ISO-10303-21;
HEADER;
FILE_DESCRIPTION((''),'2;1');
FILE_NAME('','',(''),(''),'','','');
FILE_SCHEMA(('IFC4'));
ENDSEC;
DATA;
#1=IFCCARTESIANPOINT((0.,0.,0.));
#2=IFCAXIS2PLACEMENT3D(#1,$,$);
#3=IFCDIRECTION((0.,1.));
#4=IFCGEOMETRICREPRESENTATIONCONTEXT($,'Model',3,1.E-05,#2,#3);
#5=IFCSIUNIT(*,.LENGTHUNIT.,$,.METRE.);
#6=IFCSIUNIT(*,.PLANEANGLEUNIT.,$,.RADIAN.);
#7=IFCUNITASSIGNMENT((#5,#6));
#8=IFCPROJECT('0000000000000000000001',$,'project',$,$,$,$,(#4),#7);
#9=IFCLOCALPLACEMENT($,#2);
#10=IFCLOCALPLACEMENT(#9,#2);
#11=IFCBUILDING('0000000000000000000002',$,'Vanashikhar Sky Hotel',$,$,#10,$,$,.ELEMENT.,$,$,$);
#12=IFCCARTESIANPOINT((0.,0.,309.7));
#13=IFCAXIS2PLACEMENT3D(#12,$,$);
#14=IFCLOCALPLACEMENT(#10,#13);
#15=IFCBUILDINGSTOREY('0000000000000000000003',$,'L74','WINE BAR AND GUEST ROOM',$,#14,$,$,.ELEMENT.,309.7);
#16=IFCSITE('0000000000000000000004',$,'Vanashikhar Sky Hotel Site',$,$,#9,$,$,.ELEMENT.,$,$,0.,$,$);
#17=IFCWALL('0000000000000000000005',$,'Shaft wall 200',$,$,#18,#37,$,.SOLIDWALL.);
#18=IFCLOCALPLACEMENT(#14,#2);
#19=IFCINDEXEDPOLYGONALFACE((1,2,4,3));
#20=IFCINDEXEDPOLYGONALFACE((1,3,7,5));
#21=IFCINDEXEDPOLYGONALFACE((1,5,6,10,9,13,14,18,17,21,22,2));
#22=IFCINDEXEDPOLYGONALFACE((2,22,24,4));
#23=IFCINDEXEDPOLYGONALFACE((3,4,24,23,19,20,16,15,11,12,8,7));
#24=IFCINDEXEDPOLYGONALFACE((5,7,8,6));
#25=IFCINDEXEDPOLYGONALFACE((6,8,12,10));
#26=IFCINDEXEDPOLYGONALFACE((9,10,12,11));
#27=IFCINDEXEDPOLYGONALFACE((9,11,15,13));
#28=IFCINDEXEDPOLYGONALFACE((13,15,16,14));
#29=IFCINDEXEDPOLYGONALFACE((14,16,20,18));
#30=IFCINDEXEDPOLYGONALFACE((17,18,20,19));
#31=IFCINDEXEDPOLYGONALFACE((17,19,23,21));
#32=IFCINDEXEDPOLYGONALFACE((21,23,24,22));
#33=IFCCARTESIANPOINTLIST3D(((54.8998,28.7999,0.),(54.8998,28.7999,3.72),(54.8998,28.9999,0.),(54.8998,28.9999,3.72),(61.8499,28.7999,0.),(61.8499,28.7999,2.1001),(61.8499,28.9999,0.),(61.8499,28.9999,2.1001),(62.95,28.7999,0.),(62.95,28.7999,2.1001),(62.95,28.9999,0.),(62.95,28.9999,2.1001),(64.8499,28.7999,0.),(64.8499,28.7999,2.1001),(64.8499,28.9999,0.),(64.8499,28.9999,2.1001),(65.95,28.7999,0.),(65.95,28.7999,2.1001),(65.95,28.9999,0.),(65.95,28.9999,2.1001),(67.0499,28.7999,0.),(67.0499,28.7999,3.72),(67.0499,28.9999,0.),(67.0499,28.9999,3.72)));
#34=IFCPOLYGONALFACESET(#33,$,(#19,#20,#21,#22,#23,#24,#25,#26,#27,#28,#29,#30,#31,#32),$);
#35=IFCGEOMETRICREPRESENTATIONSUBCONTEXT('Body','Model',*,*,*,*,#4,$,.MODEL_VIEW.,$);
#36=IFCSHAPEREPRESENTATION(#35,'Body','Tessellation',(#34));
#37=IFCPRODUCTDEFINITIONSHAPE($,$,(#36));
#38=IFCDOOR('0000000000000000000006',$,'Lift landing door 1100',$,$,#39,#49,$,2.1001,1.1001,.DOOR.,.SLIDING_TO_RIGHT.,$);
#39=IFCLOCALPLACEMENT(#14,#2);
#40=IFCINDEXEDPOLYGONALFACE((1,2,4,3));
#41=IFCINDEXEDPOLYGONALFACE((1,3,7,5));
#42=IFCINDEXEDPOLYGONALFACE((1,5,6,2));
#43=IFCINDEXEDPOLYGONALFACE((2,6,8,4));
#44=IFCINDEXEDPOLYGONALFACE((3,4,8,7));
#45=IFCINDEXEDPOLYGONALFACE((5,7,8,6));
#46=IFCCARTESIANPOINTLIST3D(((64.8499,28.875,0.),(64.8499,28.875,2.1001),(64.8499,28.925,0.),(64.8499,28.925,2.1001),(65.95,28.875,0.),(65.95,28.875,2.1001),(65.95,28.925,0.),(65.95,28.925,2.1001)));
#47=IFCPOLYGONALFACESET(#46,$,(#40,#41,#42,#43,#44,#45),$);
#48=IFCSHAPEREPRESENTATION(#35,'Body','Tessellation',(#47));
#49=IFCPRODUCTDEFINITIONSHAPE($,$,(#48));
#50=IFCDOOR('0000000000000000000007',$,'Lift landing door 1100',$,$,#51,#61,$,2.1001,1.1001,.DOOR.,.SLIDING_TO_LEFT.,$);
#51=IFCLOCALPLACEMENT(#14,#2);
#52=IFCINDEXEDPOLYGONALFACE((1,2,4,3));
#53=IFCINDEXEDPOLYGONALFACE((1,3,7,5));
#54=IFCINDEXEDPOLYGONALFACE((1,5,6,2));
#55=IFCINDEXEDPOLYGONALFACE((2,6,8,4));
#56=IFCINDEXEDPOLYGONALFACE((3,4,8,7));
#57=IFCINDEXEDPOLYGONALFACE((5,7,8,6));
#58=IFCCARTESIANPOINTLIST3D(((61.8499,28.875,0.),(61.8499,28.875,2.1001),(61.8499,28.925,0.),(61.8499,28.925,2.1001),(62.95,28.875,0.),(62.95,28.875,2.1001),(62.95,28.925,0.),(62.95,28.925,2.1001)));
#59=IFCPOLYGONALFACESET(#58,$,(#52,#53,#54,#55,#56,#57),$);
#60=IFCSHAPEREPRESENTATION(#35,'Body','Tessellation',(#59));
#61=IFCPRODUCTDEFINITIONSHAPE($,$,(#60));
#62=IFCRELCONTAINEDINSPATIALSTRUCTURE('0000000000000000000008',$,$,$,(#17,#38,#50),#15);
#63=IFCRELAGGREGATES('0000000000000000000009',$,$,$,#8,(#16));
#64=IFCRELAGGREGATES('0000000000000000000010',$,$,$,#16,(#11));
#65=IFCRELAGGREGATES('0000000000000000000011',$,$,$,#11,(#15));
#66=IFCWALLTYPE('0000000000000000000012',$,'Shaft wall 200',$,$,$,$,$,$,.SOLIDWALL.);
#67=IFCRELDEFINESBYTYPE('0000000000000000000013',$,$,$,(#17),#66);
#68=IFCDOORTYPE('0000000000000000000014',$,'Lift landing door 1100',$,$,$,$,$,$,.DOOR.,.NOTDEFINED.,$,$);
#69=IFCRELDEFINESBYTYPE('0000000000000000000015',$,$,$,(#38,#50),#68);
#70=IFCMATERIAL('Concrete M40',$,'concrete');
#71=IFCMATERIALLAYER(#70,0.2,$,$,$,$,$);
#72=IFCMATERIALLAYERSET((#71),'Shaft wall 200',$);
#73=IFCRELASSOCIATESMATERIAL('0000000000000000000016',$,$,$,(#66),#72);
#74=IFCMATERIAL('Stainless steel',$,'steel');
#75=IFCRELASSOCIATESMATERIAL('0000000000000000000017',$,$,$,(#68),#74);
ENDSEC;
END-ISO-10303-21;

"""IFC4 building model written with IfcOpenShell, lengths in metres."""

from ifc_helpers import new_model, si_unit, direction, frame, frame_2d, origin, place, context, subcontext, project, spatial, rectangle, extrude, source, transform, mapped, material, layer, layer_set, type_object, element, fill, save


model = new_model("IFC4")

# Units and contexts
model_context = context("Model", 3, precision=1e-05, world=origin(), true_north=direction((0.0, 1.0)))
body_context = subcontext(model_context, "Body", "Model", "MODEL_VIEW")
ifc_project = project(units=[si_unit("LENGTHUNIT", "METRE"), si_unit("PLANEANGLEUNIT", "RADIAN")], contexts=[model_context])

# Site, building, storey
site_placement = place(None, origin())
site = spatial("IfcSite", under=ifc_project, at=site_placement, Name="Vanashikhar Sky Hotel Site", CompositionType="ELEMENT", RefElevation=0.0)
building_placement = place(site_placement, origin())
building = spatial("IfcBuilding", under=site, at=building_placement, Name="Vanashikhar Sky Hotel", CompositionType="ELEMENT")
storey_placement = place(building_placement, frame((0.0, 0.0, 309.7)))
storey = spatial("IfcBuildingStorey", under=building, at=storey_placement, Name="L74", Description="WINE BAR AND GUEST ROOM", CompositionType="ELEMENT", Elevation=309.7)

# Shared definitions
ifc_material_1 = material(Name="Concrete M40", Category="concrete")
ifc_layer_1 = layer(ifc_material_1, 0.2)
ifc_layer_set_1 = layer_set([ifc_layer_1], Name="Shaft wall 200")
wall_type_1 = type_object("IfcWallType", Name="Shaft wall 200", PredefinedType="SOLIDWALL", material=ifc_layer_set_1)
shared_shape_1 = source(origin(), body_context, "Body", "SweptSolid", [
    extrude(rectangle(XDim=1.1001, YDim=2.1001, at=frame_2d((0.55, 1.05))), frame((0.0, 0.1099, 0.0), z_axis=(0.0, -1.0, 0.0), x_axis=(1.0, 0.0, 0.0)), (0.0, 0.0, 1.0), 0.22),
])
ifc_material_2 = material(Name="Stainless steel", Category="steel")
door_type_1 = type_object("IfcDoorType", Name="Lift landing door 1100", OperationType="NOTDEFINED", PredefinedType="DOOR", material=ifc_material_2)
shared_shape_2 = source(origin(), body_context, "Body", "SweptSolid", [
    extrude(rectangle(XDim=1.1001, YDim=2.1001, at=frame_2d((0.55, 1.05))), frame((0.0, 0.0249, 0.0), z_axis=(0.0, -1.0, 0.0), x_axis=(1.0, 0.0, 0.0)), (0.0, 0.0, 1.0), 0.05),
])

# Wall, openings, doors
shared_shape_3 = source(origin(), body_context, "Body", "SweptSolid", [
    extrude(rectangle(XDim=12.1501, YDim=0.2, at=frame_2d((6.0752, 0.0))), origin(), (0.0, 0.0, 1.0), 3.72),
])
wall_1_placement = place(storey_placement, frame((67.05, 28.8999, 0.0), z_axis=(0.0, 0.0, 1.0), x_axis=(-1.0, 0.0, 0.0)))
wall_1 = element("IfcWall", 1, at=wall_1_placement, inside=storey, type_object=wall_type_1, Name="Shaft wall 200", PredefinedType="SOLIDWALL", context=body_context, shape_type="MappedRepresentation", body=[
    mapped(shared_shape_3, transform((0.0, 0.0, 0.0), scale=1.0)),
])
opening_1_placement = place(wall_1_placement, frame((1.1001, 0.0, 0.0)))
opening_1 = element("IfcOpeningElement", 2, at=opening_1_placement, cuts=wall_1, PredefinedType="OPENING", context=body_context, shape_type="MappedRepresentation", body=[
    mapped(shared_shape_1, transform((0.0, 0.0, 0.0), scale=1.0)),
])
opening_2_placement = place(wall_1_placement, frame((4.1001, 0.0, 0.0)))
opening_2 = element("IfcOpeningElement", 3, at=opening_2_placement, cuts=wall_1, PredefinedType="OPENING", context=body_context, shape_type="MappedRepresentation", body=[
    mapped(shared_shape_1, transform((0.0, 0.0, 0.0), scale=1.0)),
])
door_1_placement = place(opening_1_placement, origin())
door_1 = element("IfcDoor", 4, at=door_1_placement, inside=storey, type_object=door_type_1, Name="Lift landing door 1100", OperationType="SLIDING_TO_RIGHT", OverallHeight=2.1001, OverallWidth=1.1001, PredefinedType="DOOR", context=body_context, shape_type="MappedRepresentation", body=[
    mapped(shared_shape_2, transform((0.0, 0.0, 0.0), scale=1.0)),
])
fill(opening_1, door_1)
door_2_placement = place(opening_2_placement, origin())
door_2 = element("IfcDoor", 5, at=door_2_placement, inside=storey, type_object=door_type_1, Name="Lift landing door 1100", OperationType="SLIDING_TO_LEFT", OverallHeight=2.1001, OverallWidth=1.1001, PredefinedType="DOOR", context=body_context, shape_type="MappedRepresentation", body=[
    mapped(shared_shape_2, transform((0.0, 0.0, 0.0), scale=1.0)),
])
fill(opening_2, door_2)

save(model, "model.ifc")
